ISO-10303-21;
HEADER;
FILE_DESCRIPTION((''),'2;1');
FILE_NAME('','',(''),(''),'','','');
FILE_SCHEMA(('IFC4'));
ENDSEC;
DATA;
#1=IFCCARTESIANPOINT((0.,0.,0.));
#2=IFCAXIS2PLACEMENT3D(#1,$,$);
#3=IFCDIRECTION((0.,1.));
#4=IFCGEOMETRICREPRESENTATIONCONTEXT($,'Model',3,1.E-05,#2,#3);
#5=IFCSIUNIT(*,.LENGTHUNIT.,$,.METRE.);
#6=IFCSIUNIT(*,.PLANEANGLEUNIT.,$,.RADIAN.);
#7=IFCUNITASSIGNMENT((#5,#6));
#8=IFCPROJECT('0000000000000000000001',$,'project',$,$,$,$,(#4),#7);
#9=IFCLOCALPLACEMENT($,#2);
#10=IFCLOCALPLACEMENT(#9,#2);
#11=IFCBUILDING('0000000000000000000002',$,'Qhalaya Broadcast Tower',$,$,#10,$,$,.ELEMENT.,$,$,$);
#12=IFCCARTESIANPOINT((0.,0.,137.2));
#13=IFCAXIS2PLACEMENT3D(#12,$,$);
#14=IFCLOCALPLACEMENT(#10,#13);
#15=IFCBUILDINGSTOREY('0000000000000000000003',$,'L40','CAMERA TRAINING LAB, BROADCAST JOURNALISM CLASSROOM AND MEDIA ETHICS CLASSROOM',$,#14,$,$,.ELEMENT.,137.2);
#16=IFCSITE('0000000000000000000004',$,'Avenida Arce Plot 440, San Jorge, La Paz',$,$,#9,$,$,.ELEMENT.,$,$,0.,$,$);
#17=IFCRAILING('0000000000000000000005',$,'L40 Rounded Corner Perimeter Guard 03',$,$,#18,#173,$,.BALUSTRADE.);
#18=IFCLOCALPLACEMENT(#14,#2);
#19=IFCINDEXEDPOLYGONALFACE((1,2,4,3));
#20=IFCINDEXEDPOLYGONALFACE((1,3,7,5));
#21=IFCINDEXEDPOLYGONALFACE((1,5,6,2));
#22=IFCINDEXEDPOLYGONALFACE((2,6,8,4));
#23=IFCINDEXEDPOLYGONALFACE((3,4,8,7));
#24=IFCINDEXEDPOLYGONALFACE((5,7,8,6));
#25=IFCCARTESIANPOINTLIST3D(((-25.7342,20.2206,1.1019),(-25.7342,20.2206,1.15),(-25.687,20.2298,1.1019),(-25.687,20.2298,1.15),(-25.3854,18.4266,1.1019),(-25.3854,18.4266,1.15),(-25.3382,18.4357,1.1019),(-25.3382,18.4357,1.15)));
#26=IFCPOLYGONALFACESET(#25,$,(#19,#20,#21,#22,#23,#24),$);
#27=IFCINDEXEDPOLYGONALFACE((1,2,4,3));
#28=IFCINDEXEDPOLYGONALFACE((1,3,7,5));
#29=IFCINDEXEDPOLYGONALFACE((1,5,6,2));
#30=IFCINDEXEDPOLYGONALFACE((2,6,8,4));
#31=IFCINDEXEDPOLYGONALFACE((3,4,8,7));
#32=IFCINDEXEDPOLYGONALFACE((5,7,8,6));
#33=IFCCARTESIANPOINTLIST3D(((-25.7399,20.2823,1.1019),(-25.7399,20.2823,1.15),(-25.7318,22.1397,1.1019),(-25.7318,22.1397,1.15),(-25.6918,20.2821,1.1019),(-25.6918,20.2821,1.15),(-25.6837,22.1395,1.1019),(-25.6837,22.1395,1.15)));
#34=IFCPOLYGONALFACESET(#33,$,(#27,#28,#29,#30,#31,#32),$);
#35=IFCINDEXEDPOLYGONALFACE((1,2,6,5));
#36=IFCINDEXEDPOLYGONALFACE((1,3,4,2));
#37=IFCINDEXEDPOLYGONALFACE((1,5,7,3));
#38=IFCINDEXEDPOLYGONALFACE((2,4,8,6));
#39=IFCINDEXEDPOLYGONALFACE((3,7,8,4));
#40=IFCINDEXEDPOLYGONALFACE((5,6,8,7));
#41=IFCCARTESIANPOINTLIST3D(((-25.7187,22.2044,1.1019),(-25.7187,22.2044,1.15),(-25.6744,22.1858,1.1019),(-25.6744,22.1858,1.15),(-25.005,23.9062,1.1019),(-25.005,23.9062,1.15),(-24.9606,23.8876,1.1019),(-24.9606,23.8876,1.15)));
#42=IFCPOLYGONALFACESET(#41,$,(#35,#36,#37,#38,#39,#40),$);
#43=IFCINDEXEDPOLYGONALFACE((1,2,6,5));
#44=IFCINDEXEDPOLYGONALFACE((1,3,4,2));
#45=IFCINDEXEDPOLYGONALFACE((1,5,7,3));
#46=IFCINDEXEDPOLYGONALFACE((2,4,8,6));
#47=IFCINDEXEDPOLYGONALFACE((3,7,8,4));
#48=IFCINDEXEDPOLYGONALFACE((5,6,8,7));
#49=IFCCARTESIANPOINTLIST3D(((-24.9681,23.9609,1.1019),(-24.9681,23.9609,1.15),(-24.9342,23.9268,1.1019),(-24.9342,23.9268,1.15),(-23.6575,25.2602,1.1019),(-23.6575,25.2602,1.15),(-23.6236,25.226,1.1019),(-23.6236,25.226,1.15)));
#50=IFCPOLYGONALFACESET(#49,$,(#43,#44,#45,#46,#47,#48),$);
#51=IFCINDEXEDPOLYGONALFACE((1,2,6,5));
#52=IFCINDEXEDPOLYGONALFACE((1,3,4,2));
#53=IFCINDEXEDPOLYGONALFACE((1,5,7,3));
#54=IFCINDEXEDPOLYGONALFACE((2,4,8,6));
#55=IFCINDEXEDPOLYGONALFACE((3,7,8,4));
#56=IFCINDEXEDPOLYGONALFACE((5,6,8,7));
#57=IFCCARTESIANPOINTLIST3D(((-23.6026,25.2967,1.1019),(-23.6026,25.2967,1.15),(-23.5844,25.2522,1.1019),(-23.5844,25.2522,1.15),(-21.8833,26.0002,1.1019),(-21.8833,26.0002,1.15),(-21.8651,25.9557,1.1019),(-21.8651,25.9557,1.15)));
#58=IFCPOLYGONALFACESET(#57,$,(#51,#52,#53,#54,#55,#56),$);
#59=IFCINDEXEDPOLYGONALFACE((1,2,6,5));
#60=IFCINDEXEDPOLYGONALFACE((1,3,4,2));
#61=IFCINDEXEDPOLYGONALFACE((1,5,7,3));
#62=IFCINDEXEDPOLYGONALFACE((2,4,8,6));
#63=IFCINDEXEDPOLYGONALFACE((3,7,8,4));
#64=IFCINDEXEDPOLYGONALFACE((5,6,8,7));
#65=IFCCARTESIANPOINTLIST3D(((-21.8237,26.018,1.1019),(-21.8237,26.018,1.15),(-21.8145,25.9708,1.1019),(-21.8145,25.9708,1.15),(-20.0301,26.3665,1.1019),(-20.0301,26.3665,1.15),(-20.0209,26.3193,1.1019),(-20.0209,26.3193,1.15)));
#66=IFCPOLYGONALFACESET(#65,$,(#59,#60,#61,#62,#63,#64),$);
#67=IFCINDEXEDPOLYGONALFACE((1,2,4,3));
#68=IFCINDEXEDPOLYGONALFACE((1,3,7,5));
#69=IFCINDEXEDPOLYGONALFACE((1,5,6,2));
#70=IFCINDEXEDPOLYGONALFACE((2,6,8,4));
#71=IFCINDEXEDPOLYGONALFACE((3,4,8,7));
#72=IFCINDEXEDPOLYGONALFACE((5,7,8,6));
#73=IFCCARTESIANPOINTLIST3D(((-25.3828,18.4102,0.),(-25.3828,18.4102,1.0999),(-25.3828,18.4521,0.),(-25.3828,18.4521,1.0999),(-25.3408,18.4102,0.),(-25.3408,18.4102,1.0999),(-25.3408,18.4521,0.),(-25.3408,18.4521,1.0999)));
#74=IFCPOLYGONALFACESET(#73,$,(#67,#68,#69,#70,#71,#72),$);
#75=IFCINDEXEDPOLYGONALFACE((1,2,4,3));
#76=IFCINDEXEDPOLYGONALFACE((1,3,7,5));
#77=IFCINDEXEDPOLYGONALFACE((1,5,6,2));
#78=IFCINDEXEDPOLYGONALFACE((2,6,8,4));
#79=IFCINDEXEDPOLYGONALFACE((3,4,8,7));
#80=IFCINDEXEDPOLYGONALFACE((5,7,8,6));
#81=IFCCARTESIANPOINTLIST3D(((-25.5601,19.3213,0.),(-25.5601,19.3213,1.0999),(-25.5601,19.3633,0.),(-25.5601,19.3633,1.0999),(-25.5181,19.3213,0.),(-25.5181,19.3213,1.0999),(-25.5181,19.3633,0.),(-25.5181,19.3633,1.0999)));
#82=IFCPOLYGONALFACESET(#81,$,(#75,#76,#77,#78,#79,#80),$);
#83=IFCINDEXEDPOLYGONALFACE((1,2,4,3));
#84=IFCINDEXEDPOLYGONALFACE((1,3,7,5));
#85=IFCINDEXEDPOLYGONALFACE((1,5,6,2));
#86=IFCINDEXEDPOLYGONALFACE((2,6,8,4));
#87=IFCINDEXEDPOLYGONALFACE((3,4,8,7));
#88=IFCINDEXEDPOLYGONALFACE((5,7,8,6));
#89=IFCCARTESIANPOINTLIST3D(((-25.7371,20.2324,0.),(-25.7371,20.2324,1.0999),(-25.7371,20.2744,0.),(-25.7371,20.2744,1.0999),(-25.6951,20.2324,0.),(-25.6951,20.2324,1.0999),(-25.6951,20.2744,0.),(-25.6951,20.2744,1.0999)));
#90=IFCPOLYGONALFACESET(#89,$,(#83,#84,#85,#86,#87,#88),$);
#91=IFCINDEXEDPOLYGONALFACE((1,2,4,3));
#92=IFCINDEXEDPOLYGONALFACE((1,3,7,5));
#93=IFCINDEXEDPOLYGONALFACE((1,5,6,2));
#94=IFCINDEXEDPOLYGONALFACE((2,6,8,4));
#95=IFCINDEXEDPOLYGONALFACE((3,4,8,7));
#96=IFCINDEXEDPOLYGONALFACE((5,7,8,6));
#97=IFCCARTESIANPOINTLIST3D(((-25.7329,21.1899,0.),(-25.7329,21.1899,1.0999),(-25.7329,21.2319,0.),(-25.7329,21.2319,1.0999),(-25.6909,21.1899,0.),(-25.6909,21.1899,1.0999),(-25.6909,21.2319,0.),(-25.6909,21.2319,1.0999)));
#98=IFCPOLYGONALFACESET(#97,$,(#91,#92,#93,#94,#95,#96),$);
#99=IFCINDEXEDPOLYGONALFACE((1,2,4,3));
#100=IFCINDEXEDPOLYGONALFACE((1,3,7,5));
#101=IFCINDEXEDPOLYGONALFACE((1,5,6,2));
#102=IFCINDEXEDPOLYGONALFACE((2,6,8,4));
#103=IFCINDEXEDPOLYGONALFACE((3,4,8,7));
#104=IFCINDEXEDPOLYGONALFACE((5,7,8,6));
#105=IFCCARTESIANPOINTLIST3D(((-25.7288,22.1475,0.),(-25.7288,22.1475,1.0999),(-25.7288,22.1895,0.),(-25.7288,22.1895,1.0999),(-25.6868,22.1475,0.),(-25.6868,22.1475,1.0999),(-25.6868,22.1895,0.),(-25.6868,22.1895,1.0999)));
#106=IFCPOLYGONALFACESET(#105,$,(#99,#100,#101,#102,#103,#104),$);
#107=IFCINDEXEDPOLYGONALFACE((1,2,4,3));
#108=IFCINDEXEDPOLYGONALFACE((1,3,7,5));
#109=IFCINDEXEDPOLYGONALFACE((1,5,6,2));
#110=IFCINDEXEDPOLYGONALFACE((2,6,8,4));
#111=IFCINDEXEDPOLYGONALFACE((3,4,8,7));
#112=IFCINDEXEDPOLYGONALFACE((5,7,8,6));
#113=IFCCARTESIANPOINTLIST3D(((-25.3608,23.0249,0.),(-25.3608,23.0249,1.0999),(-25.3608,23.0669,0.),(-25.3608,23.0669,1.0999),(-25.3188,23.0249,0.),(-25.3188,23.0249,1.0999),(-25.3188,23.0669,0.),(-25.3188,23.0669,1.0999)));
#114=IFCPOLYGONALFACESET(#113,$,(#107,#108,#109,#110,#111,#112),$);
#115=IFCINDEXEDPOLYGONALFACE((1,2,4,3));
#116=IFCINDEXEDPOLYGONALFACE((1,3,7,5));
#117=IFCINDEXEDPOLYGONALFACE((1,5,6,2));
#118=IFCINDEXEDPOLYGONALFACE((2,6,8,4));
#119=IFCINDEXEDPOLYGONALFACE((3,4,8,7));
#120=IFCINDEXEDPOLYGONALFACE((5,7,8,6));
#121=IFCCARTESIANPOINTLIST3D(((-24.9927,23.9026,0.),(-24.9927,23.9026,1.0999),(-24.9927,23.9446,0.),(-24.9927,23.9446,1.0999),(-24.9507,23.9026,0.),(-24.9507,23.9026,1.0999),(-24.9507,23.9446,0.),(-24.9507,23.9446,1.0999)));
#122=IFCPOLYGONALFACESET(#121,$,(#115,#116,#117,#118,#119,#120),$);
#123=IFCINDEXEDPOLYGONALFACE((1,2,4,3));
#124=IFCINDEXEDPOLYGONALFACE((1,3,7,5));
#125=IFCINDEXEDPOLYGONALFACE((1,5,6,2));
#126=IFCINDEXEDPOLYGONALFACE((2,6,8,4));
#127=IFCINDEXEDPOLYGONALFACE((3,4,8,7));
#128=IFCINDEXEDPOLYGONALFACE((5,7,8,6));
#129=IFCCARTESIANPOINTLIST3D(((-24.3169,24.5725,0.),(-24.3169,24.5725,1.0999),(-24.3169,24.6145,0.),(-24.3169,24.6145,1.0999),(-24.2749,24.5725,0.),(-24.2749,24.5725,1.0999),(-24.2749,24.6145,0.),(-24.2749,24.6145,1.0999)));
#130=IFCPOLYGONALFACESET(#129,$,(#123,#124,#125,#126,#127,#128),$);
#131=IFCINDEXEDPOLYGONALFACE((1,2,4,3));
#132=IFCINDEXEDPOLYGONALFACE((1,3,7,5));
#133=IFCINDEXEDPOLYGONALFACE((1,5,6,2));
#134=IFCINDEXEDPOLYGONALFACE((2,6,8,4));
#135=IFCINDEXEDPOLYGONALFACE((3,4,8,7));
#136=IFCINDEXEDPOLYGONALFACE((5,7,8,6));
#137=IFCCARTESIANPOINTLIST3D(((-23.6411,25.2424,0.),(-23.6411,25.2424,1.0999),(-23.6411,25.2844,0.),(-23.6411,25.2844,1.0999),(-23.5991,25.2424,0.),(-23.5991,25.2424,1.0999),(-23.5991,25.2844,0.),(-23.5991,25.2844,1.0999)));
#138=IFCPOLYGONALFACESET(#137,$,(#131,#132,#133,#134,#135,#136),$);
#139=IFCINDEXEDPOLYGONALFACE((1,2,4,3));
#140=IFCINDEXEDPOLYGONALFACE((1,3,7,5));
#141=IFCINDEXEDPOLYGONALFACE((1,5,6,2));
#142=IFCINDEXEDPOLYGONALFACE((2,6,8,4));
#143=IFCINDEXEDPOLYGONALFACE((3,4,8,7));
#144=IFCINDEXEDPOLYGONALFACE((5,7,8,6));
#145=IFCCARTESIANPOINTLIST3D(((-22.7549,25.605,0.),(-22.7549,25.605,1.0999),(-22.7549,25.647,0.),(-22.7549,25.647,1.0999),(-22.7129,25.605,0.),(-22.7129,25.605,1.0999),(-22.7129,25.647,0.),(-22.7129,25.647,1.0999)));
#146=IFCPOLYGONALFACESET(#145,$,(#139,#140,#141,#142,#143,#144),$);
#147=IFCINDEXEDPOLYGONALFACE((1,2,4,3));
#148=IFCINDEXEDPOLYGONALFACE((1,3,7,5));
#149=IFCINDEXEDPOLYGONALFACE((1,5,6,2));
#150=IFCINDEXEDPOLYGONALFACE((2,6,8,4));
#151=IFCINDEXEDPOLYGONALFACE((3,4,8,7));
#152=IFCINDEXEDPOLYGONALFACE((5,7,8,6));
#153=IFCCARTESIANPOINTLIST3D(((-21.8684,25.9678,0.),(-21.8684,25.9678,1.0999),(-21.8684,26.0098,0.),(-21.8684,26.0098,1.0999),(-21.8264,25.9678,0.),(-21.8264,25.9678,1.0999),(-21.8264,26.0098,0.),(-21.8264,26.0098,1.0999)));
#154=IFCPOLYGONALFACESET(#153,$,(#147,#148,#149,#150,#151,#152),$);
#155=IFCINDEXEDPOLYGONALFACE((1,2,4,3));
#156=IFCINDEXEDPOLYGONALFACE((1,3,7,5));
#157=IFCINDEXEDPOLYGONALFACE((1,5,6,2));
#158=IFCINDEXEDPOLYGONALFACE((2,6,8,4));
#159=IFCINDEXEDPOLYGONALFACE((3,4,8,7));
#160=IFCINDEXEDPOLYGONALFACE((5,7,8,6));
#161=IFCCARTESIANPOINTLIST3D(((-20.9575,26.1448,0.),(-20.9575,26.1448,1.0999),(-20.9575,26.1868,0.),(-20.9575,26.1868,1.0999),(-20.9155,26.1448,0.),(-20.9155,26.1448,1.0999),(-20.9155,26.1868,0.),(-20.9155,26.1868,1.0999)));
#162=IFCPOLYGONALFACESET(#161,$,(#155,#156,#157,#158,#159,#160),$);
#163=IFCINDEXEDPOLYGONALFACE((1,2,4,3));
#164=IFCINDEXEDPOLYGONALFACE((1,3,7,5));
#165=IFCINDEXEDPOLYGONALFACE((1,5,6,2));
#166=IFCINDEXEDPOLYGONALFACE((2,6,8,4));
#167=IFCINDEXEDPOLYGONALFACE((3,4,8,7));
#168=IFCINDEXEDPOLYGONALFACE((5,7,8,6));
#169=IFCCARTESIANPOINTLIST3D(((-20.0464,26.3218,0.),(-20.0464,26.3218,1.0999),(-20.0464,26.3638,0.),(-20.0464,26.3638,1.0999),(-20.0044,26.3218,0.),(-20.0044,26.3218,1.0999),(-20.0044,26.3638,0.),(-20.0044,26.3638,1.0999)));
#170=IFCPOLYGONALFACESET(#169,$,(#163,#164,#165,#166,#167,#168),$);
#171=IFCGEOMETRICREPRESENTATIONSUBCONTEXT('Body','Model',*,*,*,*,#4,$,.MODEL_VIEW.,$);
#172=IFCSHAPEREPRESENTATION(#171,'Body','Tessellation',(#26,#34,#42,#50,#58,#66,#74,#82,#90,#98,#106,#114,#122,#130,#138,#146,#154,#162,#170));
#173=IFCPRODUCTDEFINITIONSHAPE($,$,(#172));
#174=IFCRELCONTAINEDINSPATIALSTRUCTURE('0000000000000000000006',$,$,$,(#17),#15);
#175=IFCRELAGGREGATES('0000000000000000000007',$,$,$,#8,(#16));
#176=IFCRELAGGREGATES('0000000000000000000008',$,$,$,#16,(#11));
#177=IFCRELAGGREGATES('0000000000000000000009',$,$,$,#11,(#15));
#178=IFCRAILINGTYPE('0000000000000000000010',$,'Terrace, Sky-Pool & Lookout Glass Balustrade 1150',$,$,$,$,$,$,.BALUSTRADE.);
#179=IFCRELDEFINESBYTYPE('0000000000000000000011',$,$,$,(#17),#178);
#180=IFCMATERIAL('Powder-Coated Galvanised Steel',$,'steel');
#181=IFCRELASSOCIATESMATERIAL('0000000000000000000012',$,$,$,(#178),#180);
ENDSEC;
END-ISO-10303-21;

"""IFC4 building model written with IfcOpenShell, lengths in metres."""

from ifc_helpers import new_model, si_unit, direction, frame, origin, origin_2d, place, context, subcontext, project, spatial, rectangle, extrude, material, type_object, element, save


model = new_model("IFC4")

# Units and contexts
model_context = context("Model", 3, precision=1e-05, world=origin(), true_north=direction((0.0, 1.0)))
body_context = subcontext(model_context, "Body", "Model", "MODEL_VIEW")
ifc_project = project(units=[si_unit("LENGTHUNIT", "METRE"), si_unit("PLANEANGLEUNIT", "RADIAN")], contexts=[model_context])

# Site, building, storey
site_placement = place(None, origin())
site = spatial("IfcSite", under=ifc_project, at=site_placement, Name="Avenida Arce Plot 440, San Jorge, La Paz", CompositionType="ELEMENT", RefElevation=0.0)
building_placement = place(site_placement, origin())
building = spatial("IfcBuilding", under=site, at=building_placement, Name="Qhalaya Broadcast Tower", CompositionType="ELEMENT")
storey_placement = place(building_placement, frame((0.0, 0.0, 137.2)))
storey = spatial("IfcBuildingStorey", under=building, at=storey_placement, Name="L40", Description="CAMERA TRAINING LAB, BROADCAST JOURNALISM CLASSROOM AND MEDIA ETHICS CLASSROOM", CompositionType="ELEMENT", Elevation=137.2)

# Railing
ifc_material_1 = material(Name="Powder-Coated Galvanised Steel", Category="steel")
railing_type = type_object("IfcRailingType", Name="Terrace, Sky-Pool & Lookout Glass Balustrade 1150", PredefinedType="BALUSTRADE", material=ifc_material_1)
railing_placement = place(storey_placement, frame((-25.3618, 18.4312, 0.0)))
element("IfcRailing", 1, at=railing_placement, inside=storey, type_object=railing_type, Name="L40 Rounded Corner Perimeter Guard 03", PredefinedType="BALUSTRADE", context=body_context, shape_type="SweptSolid", body=[
    extrude(rectangle(XDim=0.0481, YDim=0.0481, at=origin_2d()), frame((0.0, 0.0, 1.126), z_axis=(-0.190827, 0.981624, 0.0), x_axis=(-0.981624, -0.190827, 0.0)), (0.0, 0.0, 1.0), 1.8276),
    extrude(rectangle(XDim=0.0481, YDim=0.0481, at=origin_2d()), frame((-0.354, 1.8511, 1.126), z_axis=(0.004334, 0.999991, 0.0), x_axis=(-0.999991, 0.004334, 0.0)), (0.0, 0.0, 1.0), 1.8574),
    extrude(rectangle(XDim=0.0481, YDim=0.0481, at=origin_2d()), frame((-0.3347, 3.7639, 1.126), z_axis=(0.386755, 0.922183, 0.0), x_axis=(-0.922183, 0.386755, 0.0)), (0.0, 0.0, 1.0), 1.8455),
    extrude(rectangle(XDim=0.0481, YDim=0.0481, at=origin_2d()), frame((0.4106, 5.5127, 1.126), z_axis=(0.710179, 0.704021, 0.0), x_axis=(-0.704021, 0.710179, 0.0)), (0.0, 0.0, 1.0), 1.8455),
    extrude(rectangle(XDim=0.0481, YDim=0.0481, at=origin_2d()), frame((1.7683, 6.8433, 1.126), z_axis=(0.925521, 0.378697, 0.0), x_axis=(-0.378697, 0.925521, 0.0)), (0.0, 0.0, 1.0), 1.8577),
    extrude(rectangle(XDim=0.0481, YDim=0.0481, at=origin_2d()), frame((3.5427, 7.5632, 1.126), z_axis=(0.981643, 0.190725, 0.0), x_axis=(-0.190725, 0.981643, 0.0)), (0.0, 0.0, 1.0), 1.8271),
    extrude(rectangle(XDim=0.042, YDim=0.042, at=origin_2d()), origin(), (0.0, 0.0, 1.0), 1.0999),
    extrude(rectangle(XDim=0.042, YDim=0.042, at=origin_2d()), frame((-0.1772, 0.9111, 0.0)), (0.0, 0.0, 1.0), 1.0999),
    extrude(rectangle(XDim=0.042, YDim=0.042, at=origin_2d()), frame((-0.3542, 1.8223, 0.0)), (0.0, 0.0, 1.0), 1.0999),
    extrude(rectangle(XDim=0.042, YDim=0.042, at=origin_2d()), frame((-0.3501, 2.7798, 0.0)), (0.0, 0.0, 1.0), 1.0999),
    extrude(rectangle(XDim=0.042, YDim=0.042, at=origin_2d()), frame((-0.3459, 3.7373, 0.0)), (0.0, 0.0, 1.0), 1.0999),
    extrude(rectangle(XDim=0.042, YDim=0.042, at=origin_2d()), frame((0.022, 4.6147, 0.0)), (0.0, 0.0, 1.0), 1.0999),
    extrude(rectangle(XDim=0.042, YDim=0.042, at=origin_2d()), frame((0.3901, 5.4924, 0.0)), (0.0, 0.0, 1.0), 1.0999),
    extrude(rectangle(XDim=0.042, YDim=0.042, at=origin_2d()), frame((1.0659, 6.1624, 0.0)), (0.0, 0.0, 1.0), 1.0999),
    extrude(rectangle(XDim=0.042, YDim=0.042, at=origin_2d()), frame((1.7417, 6.8323, 0.0)), (0.0, 0.0, 1.0), 1.0999),
    extrude(rectangle(XDim=0.042, YDim=0.042, at=origin_2d()), frame((2.6279, 7.1948, 0.0)), (0.0, 0.0, 1.0), 1.0999),
    extrude(rectangle(XDim=0.042, YDim=0.042, at=origin_2d()), frame((3.5144, 7.5576, 0.0)), (0.0, 0.0, 1.0), 1.0999),
    extrude(rectangle(XDim=0.042, YDim=0.042, at=origin_2d()), frame((4.4253, 7.7346, 0.0)), (0.0, 0.0, 1.0), 1.0999),
    extrude(rectangle(XDim=0.042, YDim=0.042, at=origin_2d()), frame((5.3364, 7.9116, 0.0)), (0.0, 0.0, 1.0), 1.0999),
])

save(model, "model.ifc")
